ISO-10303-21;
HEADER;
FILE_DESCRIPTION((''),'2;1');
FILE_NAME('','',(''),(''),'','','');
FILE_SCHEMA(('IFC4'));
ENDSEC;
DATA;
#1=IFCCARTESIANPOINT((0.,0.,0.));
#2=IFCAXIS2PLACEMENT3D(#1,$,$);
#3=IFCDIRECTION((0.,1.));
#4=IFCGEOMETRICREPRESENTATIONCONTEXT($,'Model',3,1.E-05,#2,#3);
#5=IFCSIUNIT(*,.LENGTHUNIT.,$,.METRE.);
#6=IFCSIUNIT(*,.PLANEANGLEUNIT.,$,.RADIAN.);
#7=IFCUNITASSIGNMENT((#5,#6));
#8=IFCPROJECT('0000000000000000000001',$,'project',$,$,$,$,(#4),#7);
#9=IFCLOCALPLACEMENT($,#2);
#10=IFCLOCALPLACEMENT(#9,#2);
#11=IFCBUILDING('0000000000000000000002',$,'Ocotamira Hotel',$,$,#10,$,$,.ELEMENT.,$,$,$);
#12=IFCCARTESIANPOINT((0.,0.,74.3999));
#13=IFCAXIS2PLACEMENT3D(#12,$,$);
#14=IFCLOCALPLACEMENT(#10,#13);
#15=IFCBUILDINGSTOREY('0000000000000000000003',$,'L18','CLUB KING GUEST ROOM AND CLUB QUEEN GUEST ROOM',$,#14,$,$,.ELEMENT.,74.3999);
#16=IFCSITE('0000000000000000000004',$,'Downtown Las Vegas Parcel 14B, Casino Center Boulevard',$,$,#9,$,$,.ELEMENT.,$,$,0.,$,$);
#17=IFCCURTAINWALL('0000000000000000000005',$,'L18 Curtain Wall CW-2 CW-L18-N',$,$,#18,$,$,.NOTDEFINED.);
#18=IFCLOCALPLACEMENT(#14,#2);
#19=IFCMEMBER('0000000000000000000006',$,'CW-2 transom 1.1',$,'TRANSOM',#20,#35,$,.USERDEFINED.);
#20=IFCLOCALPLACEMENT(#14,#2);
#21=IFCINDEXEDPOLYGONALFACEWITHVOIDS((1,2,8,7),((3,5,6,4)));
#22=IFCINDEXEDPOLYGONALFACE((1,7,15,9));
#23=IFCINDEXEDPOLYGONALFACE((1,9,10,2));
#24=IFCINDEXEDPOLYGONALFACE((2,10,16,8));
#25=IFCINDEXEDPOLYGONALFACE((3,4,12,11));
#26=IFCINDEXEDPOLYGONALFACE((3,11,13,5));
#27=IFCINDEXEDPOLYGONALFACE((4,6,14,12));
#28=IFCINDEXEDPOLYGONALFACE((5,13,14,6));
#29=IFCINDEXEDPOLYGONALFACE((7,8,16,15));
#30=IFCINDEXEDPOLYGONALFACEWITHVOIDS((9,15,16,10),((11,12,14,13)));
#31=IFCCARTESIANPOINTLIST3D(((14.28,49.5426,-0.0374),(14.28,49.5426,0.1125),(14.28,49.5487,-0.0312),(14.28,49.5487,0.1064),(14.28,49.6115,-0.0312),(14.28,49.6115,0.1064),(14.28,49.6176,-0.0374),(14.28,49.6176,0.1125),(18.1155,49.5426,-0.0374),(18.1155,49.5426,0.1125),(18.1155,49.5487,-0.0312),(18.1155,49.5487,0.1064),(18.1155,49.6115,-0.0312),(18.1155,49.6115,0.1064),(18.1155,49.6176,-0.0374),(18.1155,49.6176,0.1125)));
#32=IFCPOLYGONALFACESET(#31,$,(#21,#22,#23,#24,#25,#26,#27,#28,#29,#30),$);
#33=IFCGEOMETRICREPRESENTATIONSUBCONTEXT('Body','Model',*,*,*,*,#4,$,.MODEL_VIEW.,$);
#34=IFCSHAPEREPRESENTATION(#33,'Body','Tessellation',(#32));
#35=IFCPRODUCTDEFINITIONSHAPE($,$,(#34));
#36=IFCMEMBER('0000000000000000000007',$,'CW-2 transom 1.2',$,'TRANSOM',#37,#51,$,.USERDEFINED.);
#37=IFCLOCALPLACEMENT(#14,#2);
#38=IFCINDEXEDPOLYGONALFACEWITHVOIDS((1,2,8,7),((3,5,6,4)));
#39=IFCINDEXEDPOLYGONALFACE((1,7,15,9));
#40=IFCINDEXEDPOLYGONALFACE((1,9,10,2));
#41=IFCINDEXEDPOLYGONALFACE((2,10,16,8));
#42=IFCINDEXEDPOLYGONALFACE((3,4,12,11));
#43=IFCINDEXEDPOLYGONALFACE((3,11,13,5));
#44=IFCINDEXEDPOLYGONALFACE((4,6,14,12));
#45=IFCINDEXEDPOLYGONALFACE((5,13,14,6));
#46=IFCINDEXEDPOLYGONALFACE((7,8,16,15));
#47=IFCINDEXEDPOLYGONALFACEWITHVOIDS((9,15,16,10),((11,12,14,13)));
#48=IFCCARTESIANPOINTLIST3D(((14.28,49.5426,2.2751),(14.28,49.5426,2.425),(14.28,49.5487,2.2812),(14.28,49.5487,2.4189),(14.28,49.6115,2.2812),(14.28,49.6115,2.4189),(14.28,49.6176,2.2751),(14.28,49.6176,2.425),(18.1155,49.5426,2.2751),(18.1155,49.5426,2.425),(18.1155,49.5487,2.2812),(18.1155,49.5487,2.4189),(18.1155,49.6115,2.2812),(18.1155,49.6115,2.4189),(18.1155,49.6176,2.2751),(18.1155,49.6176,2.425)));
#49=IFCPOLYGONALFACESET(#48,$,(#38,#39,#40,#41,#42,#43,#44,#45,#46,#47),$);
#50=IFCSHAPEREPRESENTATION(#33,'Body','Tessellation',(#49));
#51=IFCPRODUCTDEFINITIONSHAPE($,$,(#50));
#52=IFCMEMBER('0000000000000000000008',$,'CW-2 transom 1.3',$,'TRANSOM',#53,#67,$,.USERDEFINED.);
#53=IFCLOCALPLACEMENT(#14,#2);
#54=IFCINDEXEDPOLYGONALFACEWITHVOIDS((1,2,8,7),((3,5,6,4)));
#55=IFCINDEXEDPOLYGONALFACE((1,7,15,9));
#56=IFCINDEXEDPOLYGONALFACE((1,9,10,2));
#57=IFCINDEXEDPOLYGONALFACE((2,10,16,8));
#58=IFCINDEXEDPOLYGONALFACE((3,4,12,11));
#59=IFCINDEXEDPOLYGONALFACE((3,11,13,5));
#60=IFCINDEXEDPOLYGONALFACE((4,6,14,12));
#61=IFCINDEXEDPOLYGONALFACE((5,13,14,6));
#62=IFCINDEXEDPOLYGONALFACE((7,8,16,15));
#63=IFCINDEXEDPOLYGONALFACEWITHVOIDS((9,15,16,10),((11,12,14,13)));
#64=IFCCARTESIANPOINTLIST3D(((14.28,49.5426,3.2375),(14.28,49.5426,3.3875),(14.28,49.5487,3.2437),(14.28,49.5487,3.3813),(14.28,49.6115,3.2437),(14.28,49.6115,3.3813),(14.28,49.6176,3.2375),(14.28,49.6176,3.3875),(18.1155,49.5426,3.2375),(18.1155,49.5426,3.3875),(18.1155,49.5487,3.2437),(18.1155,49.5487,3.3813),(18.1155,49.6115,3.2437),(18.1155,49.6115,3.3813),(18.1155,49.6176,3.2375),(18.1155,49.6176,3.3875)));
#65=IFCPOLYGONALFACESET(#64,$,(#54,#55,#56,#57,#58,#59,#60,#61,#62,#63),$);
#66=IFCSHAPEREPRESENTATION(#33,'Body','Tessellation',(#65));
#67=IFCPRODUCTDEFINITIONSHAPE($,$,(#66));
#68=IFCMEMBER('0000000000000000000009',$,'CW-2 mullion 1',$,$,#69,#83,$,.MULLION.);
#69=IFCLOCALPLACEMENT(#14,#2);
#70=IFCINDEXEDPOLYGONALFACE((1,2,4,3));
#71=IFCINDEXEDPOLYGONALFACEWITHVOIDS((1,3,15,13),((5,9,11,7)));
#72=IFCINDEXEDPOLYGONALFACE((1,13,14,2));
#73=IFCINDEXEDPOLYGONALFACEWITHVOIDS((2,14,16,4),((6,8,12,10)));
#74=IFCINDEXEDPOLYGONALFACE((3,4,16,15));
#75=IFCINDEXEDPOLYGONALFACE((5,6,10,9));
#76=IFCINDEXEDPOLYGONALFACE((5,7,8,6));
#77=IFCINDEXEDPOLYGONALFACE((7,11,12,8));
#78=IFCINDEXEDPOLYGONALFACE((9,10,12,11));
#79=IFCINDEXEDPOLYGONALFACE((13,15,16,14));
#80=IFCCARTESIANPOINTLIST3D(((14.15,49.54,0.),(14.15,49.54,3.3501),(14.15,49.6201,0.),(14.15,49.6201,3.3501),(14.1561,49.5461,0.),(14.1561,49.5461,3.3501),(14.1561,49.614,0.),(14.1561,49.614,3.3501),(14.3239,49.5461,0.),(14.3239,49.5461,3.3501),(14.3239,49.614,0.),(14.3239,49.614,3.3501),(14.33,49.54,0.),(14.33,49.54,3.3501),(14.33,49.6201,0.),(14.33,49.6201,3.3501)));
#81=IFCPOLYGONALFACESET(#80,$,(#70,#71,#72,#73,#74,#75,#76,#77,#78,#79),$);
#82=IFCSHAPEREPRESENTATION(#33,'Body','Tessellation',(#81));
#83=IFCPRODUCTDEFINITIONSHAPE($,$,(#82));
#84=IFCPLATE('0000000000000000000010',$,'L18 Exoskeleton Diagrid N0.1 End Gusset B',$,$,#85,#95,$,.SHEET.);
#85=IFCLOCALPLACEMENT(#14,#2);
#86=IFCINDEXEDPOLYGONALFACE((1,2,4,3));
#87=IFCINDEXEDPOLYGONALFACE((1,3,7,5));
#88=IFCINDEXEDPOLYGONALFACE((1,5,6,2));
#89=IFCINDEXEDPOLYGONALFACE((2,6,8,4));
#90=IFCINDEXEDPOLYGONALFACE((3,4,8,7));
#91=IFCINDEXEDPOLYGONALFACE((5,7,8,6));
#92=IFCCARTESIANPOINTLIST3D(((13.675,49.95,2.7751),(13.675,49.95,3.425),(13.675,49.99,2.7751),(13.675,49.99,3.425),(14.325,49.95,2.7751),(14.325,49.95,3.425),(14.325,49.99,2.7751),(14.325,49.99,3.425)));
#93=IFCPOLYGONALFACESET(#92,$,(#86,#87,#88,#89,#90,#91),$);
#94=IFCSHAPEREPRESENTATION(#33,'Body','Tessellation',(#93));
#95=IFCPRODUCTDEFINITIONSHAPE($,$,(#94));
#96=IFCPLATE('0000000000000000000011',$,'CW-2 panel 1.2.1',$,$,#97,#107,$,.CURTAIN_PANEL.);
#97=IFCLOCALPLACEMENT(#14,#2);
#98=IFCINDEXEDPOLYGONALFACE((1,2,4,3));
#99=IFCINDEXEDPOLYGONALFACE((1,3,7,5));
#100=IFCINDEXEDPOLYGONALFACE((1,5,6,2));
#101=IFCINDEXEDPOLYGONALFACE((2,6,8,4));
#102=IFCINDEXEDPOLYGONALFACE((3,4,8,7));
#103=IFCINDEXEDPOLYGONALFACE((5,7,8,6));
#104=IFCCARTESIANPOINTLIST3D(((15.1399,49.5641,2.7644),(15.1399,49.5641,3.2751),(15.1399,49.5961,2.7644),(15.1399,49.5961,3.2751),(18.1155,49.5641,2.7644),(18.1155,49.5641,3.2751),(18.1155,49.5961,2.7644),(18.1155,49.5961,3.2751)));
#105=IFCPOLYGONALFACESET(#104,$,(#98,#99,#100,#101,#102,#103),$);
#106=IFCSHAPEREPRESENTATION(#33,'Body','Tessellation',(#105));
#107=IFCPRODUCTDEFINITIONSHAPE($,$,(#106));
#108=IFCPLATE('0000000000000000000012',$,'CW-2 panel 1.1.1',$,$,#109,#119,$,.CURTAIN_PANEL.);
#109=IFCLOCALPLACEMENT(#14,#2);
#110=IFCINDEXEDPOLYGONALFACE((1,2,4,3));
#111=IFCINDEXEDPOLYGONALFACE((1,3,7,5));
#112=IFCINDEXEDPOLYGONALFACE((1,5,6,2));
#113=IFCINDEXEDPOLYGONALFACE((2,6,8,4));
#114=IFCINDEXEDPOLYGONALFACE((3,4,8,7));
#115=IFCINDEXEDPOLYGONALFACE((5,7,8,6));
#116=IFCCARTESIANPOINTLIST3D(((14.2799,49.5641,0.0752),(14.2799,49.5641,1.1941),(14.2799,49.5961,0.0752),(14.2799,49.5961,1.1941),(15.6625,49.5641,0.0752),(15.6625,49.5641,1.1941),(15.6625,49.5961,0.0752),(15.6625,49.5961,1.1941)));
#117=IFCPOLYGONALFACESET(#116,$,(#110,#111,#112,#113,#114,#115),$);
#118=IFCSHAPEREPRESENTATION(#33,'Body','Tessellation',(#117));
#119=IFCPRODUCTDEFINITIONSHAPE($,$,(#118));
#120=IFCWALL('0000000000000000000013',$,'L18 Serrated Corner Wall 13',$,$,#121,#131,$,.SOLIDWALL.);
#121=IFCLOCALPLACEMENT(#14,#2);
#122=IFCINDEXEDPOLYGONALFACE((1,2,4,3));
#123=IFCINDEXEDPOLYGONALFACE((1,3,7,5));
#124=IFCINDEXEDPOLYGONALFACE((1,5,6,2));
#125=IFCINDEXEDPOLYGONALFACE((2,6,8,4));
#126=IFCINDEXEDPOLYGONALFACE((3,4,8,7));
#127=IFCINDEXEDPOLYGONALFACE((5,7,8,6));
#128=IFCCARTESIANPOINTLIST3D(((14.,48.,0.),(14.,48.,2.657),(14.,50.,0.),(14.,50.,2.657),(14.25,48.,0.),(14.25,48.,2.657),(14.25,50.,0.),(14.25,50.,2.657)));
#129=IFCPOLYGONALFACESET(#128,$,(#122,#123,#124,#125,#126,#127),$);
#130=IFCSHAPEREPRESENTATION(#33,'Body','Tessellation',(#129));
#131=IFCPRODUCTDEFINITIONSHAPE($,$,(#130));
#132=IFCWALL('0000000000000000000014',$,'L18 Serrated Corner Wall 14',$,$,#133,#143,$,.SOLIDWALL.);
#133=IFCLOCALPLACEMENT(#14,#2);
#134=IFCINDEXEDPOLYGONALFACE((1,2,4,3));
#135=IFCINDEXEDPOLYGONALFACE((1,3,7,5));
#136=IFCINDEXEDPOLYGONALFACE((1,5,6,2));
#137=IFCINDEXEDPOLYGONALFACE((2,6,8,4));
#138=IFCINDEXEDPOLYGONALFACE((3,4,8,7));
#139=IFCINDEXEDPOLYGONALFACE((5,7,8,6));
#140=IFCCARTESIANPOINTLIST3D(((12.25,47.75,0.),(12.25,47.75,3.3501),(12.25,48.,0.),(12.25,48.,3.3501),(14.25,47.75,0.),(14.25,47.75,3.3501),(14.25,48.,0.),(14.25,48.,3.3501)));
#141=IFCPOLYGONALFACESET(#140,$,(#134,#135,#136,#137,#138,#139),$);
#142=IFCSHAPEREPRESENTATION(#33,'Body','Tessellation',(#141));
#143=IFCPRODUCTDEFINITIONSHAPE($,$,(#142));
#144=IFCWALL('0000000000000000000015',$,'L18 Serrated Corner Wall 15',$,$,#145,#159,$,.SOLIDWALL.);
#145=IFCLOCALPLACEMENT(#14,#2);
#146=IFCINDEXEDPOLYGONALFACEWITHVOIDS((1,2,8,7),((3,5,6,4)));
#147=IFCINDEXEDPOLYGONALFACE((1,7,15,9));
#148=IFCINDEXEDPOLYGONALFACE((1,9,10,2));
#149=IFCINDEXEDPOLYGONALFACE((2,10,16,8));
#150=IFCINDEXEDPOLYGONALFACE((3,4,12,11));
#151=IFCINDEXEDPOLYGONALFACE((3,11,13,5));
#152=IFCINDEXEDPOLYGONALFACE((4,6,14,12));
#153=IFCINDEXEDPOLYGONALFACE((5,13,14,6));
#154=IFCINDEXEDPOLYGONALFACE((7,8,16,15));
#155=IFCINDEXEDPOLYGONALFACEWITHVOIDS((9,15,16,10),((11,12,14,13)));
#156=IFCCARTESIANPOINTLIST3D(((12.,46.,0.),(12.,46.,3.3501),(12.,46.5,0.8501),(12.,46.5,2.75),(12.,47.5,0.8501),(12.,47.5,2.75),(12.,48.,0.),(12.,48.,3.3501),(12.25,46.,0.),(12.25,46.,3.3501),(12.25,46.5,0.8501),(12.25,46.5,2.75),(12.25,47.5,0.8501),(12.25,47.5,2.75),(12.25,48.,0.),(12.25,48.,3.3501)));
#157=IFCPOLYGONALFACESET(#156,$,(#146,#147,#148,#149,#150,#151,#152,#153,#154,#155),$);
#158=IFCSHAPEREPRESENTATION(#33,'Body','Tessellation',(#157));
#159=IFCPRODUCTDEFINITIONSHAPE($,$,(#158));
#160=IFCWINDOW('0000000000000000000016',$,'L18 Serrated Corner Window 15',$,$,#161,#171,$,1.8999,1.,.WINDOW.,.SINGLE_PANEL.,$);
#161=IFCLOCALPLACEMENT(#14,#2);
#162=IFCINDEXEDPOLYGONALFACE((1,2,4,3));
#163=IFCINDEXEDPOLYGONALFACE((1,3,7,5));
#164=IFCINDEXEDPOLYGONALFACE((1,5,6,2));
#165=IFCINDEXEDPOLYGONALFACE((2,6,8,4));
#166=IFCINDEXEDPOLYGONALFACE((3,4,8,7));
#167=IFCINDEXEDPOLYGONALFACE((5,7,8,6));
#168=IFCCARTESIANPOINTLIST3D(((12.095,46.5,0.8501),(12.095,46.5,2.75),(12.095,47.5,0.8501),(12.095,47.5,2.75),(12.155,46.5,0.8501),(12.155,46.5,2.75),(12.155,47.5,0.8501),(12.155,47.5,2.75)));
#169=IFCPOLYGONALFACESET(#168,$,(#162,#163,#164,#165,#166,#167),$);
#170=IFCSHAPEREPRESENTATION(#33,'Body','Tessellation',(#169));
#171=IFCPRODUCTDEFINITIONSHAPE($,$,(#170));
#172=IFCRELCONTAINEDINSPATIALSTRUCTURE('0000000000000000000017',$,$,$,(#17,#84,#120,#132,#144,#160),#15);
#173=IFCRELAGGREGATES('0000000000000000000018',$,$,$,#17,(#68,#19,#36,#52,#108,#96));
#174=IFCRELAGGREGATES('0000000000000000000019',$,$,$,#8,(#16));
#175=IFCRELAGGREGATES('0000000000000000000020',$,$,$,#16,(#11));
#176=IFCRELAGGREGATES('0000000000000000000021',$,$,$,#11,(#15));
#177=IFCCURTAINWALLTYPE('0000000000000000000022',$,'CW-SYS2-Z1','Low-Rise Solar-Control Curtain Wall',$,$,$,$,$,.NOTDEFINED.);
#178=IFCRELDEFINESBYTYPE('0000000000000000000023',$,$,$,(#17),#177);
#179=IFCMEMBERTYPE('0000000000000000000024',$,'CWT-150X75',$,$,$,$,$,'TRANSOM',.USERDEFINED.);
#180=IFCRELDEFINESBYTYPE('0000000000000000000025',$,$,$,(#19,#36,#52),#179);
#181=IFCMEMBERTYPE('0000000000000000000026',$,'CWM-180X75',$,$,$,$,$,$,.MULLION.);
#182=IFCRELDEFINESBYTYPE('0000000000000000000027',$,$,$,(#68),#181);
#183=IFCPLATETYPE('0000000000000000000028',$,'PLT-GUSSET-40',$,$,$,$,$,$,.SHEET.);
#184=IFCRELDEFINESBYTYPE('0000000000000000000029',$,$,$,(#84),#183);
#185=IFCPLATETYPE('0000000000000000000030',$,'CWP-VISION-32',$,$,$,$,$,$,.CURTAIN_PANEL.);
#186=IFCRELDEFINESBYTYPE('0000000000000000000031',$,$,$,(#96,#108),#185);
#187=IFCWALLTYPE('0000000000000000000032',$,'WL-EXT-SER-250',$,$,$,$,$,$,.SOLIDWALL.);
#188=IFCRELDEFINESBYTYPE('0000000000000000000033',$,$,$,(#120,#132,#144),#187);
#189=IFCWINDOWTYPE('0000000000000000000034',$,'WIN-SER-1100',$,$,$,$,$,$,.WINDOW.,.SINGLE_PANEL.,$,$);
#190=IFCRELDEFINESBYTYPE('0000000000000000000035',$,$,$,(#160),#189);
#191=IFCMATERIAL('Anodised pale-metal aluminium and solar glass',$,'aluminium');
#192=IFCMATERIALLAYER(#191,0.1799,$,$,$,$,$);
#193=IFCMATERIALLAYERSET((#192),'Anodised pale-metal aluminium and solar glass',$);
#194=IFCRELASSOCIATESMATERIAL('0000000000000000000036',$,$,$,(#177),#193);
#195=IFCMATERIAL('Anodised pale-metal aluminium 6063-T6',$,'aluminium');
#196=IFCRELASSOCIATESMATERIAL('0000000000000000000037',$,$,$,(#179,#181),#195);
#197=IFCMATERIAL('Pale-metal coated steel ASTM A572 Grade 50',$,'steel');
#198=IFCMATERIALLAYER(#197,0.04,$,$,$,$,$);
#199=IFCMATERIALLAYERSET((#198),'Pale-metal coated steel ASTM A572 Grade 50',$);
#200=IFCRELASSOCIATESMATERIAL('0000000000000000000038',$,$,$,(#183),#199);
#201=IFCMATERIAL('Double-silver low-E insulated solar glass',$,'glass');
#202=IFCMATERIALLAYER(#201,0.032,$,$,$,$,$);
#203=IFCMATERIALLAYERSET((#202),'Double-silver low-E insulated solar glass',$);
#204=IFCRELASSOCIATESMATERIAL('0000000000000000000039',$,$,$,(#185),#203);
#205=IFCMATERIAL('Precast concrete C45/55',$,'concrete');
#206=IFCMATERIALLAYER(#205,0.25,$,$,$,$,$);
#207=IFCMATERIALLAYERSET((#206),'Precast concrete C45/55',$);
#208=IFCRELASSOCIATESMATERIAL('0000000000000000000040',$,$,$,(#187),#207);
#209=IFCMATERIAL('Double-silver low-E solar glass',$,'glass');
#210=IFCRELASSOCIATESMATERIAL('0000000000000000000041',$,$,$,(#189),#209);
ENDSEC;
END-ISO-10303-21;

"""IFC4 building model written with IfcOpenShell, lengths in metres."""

from ifc_helpers import new_model, si_unit, direction, frame, frame_2d, origin, origin_2d, place, context, subcontext, project, spatial, rectangle, hollow_rectangle, extrude, source, transform, mapped, material, layer, layer_set, material_profile, profile_set, type_object, element, fill, aggregate, save


model = new_model("IFC4")

# Units and contexts
model_context = context("Model", 3, precision=1e-05, world=origin(), true_north=direction((0.0, 1.0)))
body_context = subcontext(model_context, "Body", "Model", "MODEL_VIEW")
ifc_project = project(units=[si_unit("LENGTHUNIT", "METRE"), si_unit("PLANEANGLEUNIT", "RADIAN")], contexts=[model_context])

# Site, building, storey
site_placement = place(None, origin())
site = spatial("IfcSite", under=ifc_project, at=site_placement, Name="Downtown Las Vegas Parcel 14B, Casino Center Boulevard", CompositionType="ELEMENT", RefElevation=0.0)
building_placement = place(site_placement, origin())
building = spatial("IfcBuilding", under=site, at=building_placement, Name="Ocotamira Hotel", CompositionType="ELEMENT")
storey_placement = place(building_placement, frame((0.0, 0.0, 74.3999)))
storey = spatial("IfcBuildingStorey", under=building, at=storey_placement, Name="L18", Description="CLUB KING GUEST ROOM AND CLUB QUEEN GUEST ROOM", CompositionType="ELEMENT", Elevation=74.3999)

# Curtain wall, members
ifc_material_1 = material(Name="Anodised pale-metal aluminium and solar glass", Category="aluminium")
ifc_layer_1 = layer(ifc_material_1, 0.1799)
ifc_layer_set_1 = layer_set([ifc_layer_1], Name="Anodised pale-metal aluminium and solar glass")
curtain_wall_type = type_object("IfcCurtainWallType", Name="CW-SYS2-Z1", Description="Low-Rise Solar-Control Curtain Wall", PredefinedType="NOTDEFINED", material=ifc_layer_set_1)
curtain_wall_placement = place(storey_placement, origin())
curtain_wall = element("IfcCurtainWall", 1, at=curtain_wall_placement, inside=storey, type_object=curtain_wall_type, Name="L18 Curtain Wall CW-2 CW-L18-N", PredefinedType="NOTDEFINED")
ifc_material_2 = material(Name="Anodised pale-metal aluminium 6063-T6", Category="aluminium")
ifc_material_profile_1 = material_profile(ifc_material_2, hollow_rectangle(XDim=0.075, YDim=0.1499, WallThickness=0.0061, at=origin_2d()), Name="HSS150X75X6")
ifc_profile_set_1 = profile_set([ifc_material_profile_1], Name="Anodised pale-metal aluminium 6063-T6")
member_type_1 = type_object("IfcMemberType", Name="CWT-150X75", ElementType="TRANSOM", PredefinedType="USERDEFINED", material=ifc_profile_set_1)
shared_shape_1 = source(origin(), body_context, "Body", "SweptSolid", [
    extrude(hollow_rectangle(XDim=0.075, YDim=0.1499, WallThickness=0.0061, at=origin_2d()), origin(), (0.0, 0.0, 1.0), 3.8354),
])
member_1_placement = place(storey_placement, frame((14.28, 49.5801, 0.0376), z_axis=(1.0, 0.0, 0.0), x_axis=(0.0, 1.0, 0.0)))
member_1 = element("IfcMember", 2, at=member_1_placement, type_object=member_type_1, Name="CW-2 transom 1.1", ObjectType="TRANSOM", PredefinedType="USERDEFINED", context=body_context, shape_type="MappedRepresentation", body=[
    mapped(shared_shape_1, transform((0.0, 0.0, 0.0), scale=1.0)),
])
member_2_placement = place(storey_placement, frame((14.28, 49.5801, 2.3501), z_axis=(1.0, 0.0, 0.0), x_axis=(0.0, 1.0, 0.0)))
member_2 = element("IfcMember", 3, at=member_2_placement, type_object=member_type_1, Name="CW-2 transom 1.2", ObjectType="TRANSOM", PredefinedType="USERDEFINED", context=body_context, shape_type="MappedRepresentation", body=[
    mapped(shared_shape_1, transform((0.0, 0.0, 0.0), scale=1.0)),
])
member_3_placement = place(storey_placement, frame((14.28, 49.5801, 3.3125), z_axis=(1.0, 0.0, 0.0), x_axis=(0.0, 1.0, 0.0)))
member_3 = element("IfcMember", 4, at=member_3_placement, type_object=member_type_1, Name="CW-2 transom 1.3", ObjectType="TRANSOM", PredefinedType="USERDEFINED", context=body_context, shape_type="MappedRepresentation", body=[
    mapped(shared_shape_1, transform((0.0, 0.0, 0.0), scale=1.0)),
])
ifc_material_profile_2 = material_profile(ifc_material_2, hollow_rectangle(XDim=0.0801, YDim=0.1799, WallThickness=0.0061, at=origin_2d()), Name="HSS180X80X6")
ifc_profile_set_2 = profile_set([ifc_material_profile_2], Name="Anodised pale-metal aluminium 6063-T6")
member_type_2 = type_object("IfcMemberType", Name="CWM-180X75", PredefinedType="MULLION", material=ifc_profile_set_2)
shared_shape_2 = source(origin(), body_context, "Body", "SweptSolid", [
    extrude(hollow_rectangle(XDim=0.0801, YDim=0.1799, WallThickness=0.0061, at=origin_2d()), origin(), (0.0, 0.0, 1.0), 3.3501),
])
member_4_placement = place(storey_placement, frame((14.24, 49.5801, 0.0), z_axis=(0.0, 0.0, 1.0), x_axis=(0.0, 1.0, 0.0)))
member_4 = element("IfcMember", 5, at=member_4_placement, type_object=member_type_2, Name="CW-2 mullion 1", PredefinedType="MULLION", context=body_context, shape_type="MappedRepresentation", body=[
    mapped(shared_shape_2, transform((0.0, 0.0, 0.0), scale=1.0)),
])

# Plates
ifc_material_3 = material(Name="Pale-metal coated steel ASTM A572 Grade 50", Category="steel")
ifc_layer_2 = layer(ifc_material_3, 0.04)
ifc_layer_set_2 = layer_set([ifc_layer_2], Name="Pale-metal coated steel ASTM A572 Grade 50")
plate_type_1 = type_object("IfcPlateType", Name="PLT-GUSSET-40", PredefinedType="SHEET", material=ifc_layer_set_2)
shared_shape_3 = source(origin(), body_context, "Body", "SweptSolid", [
    extrude(rectangle(XDim=0.6499, YDim=0.04, at=origin_2d()), origin(), (0.0, 0.0, 1.0), 0.6499),
])
plate_1_placement = place(storey_placement, frame((14.0, 49.97, 2.7751), z_axis=(0.0, 0.0, 1.0), x_axis=(-1.0, 0.0, 0.0)))
element("IfcPlate", 6, at=plate_1_placement, inside=storey, type_object=plate_type_1, Name="L18 Exoskeleton Diagrid N0.1 End Gusset B", PredefinedType="SHEET", context=body_context, shape_type="MappedRepresentation", body=[
    mapped(shared_shape_3, transform((0.0, 0.0, 0.0), scale=1.0)),
])
ifc_material_4 = material(Name="Double-silver low-E insulated solar glass", Category="glass")
ifc_layer_3 = layer(ifc_material_4, 0.032)
ifc_layer_set_3 = layer_set([ifc_layer_3], Name="Double-silver low-E insulated solar glass")
plate_type_2 = type_object("IfcPlateType", Name="CWP-VISION-32", PredefinedType="CURTAIN_PANEL", material=ifc_layer_set_3)
shared_shape_4 = source(origin(), body_context, "Body", "SweptSolid", [
    extrude(rectangle(XDim=2.9756, YDim=0.032, at=origin_2d()), origin(), (0.0, 0.0, 1.0), 0.5107),
])
plate_2_placement = place(storey_placement, frame((16.6277, 49.5801, 2.7644), z_axis=(0.0, 0.0, 1.0), x_axis=(1.0, 0.0, 0.0)))
plate_2 = element("IfcPlate", 7, at=plate_2_placement, type_object=plate_type_2, Name="CW-2 panel 1.2.1", PredefinedType="CURTAIN_PANEL", context=body_context, shape_type="MappedRepresentation", body=[
    mapped(shared_shape_4, transform((0.0, 0.0, 0.0), scale=1.0)),
])
shared_shape_5 = source(origin(), body_context, "Body", "SweptSolid", [
    extrude(rectangle(XDim=1.3826, YDim=0.032, at=origin_2d()), origin(), (0.0, 0.0, 1.0), 1.1189),
])
plate_3_placement = place(storey_placement, frame((14.9712, 49.5801, 0.0752), z_axis=(0.0, 0.0, 1.0), x_axis=(1.0, 0.0, 0.0)))
plate_3 = element("IfcPlate", 8, at=plate_3_placement, type_object=plate_type_2, Name="CW-2 panel 1.1.1", PredefinedType="CURTAIN_PANEL", context=body_context, shape_type="MappedRepresentation", body=[
    mapped(shared_shape_5, transform((0.0, 0.0, 0.0), scale=1.0)),
])
aggregate(curtain_wall, [member_4, member_1, member_2, member_3, plate_3, plate_2])

# Walls
ifc_material_5 = material(Name="Precast concrete C45/55", Category="concrete")
ifc_layer_4 = layer(ifc_material_5, 0.25)
ifc_layer_set_4 = layer_set([ifc_layer_4], Name="Precast concrete C45/55")
wall_type_1 = type_object("IfcWallType", Name="WL-EXT-SER-250", PredefinedType="SOLIDWALL", material=ifc_layer_set_4)
wall_1_placement = place(storey_placement, frame((14.125, 50.0, 0.0), z_axis=(0.0, 0.0, 1.0), x_axis=(0.0, -1.0, 0.0)))
element("IfcWall", 9, at=wall_1_placement, inside=storey, type_object=wall_type_1, Name="L18 Serrated Corner Wall 13", PredefinedType="SOLIDWALL", context=body_context, shape_type="SweptSolid", body=[
    extrude(rectangle(XDim=2.0, YDim=0.25, at=frame_2d((1.0, 0.0))), origin(), (0.0, 0.0, 1.0), 2.657),
])
wall_2_placement = place(storey_placement, frame((14.25, 47.875, 0.0), z_axis=(0.0, 0.0, 1.0), x_axis=(-1.0, 0.0, 0.0)))
element("IfcWall", 10, at=wall_2_placement, inside=storey, type_object=wall_type_1, Name="L18 Serrated Corner Wall 14", PredefinedType="SOLIDWALL", context=body_context, shape_type="SweptSolid", body=[
    extrude(rectangle(XDim=2.0, YDim=0.25, at=frame_2d((1.0, 0.0))), origin(), (0.0, 0.0, 1.0), 3.3501),
])

# Wall, opening, window
wall_3_placement = place(storey_placement, frame((12.125, 48.0, 0.0), z_axis=(0.0, 0.0, 1.0), x_axis=(0.0, -1.0, 0.0)))
wall_3 = element("IfcWall", 11, at=wall_3_placement, inside=storey, type_object=wall_type_1, Name="L18 Serrated Corner Wall 15", PredefinedType="SOLIDWALL", context=body_context, shape_type="SweptSolid", body=[
    extrude(rectangle(XDim=2.0, YDim=0.25, at=frame_2d((1.0, 0.0))), origin(), (0.0, 0.0, 1.0), 3.3501),
])
opening_1_placement = place(wall_3_placement, frame((0.5, 0.0, 0.8501)))
opening_1 = element("IfcOpeningElement", 12, at=opening_1_placement, cuts=wall_3, PredefinedType="OPENING", context=body_context, shape_type="SweptSolid", body=[
    extrude(rectangle(XDim=1.0, YDim=1.8999, at=frame_2d((0.5, 0.95))), frame((0.0, 0.135, 0.0), z_axis=(0.0, -1.0, 0.0), x_axis=(1.0, 0.0, 0.0)), (0.0, 0.0, 1.0), 0.27),
])
ifc_material_6 = material(Name="Double-silver low-E solar glass", Category="glass")
window_type = type_object("IfcWindowType", Name="WIN-SER-1100", PartitioningType="SINGLE_PANEL", PredefinedType="WINDOW", material=ifc_material_6)
shared_shape_6 = source(origin(), body_context, "Body", "SweptSolid", [
    extrude(rectangle(XDim=1.0, YDim=1.8999, at=frame_2d((0.5, 0.95))), frame((0.0, 0.03, 0.0), z_axis=(0.0, -1.0, 0.0), x_axis=(1.0, 0.0, 0.0)), (0.0, 0.0, 1.0), 0.0601),
])
window_placement = place(opening_1_placement, origin())
window = element("IfcWindow", 13, at=window_placement, inside=storey, type_object=window_type, Name="L18 Serrated Corner Window 15", OverallHeight=1.8999, OverallWidth=1.0, PartitioningType="SINGLE_PANEL", PredefinedType="WINDOW", context=body_context, shape_type="MappedRepresentation", body=[
    mapped(shared_shape_6, transform((0.0, 0.0, 0.0), scale=1.0)),
])
fill(opening_1, window)

save(model, "model.ifc")
